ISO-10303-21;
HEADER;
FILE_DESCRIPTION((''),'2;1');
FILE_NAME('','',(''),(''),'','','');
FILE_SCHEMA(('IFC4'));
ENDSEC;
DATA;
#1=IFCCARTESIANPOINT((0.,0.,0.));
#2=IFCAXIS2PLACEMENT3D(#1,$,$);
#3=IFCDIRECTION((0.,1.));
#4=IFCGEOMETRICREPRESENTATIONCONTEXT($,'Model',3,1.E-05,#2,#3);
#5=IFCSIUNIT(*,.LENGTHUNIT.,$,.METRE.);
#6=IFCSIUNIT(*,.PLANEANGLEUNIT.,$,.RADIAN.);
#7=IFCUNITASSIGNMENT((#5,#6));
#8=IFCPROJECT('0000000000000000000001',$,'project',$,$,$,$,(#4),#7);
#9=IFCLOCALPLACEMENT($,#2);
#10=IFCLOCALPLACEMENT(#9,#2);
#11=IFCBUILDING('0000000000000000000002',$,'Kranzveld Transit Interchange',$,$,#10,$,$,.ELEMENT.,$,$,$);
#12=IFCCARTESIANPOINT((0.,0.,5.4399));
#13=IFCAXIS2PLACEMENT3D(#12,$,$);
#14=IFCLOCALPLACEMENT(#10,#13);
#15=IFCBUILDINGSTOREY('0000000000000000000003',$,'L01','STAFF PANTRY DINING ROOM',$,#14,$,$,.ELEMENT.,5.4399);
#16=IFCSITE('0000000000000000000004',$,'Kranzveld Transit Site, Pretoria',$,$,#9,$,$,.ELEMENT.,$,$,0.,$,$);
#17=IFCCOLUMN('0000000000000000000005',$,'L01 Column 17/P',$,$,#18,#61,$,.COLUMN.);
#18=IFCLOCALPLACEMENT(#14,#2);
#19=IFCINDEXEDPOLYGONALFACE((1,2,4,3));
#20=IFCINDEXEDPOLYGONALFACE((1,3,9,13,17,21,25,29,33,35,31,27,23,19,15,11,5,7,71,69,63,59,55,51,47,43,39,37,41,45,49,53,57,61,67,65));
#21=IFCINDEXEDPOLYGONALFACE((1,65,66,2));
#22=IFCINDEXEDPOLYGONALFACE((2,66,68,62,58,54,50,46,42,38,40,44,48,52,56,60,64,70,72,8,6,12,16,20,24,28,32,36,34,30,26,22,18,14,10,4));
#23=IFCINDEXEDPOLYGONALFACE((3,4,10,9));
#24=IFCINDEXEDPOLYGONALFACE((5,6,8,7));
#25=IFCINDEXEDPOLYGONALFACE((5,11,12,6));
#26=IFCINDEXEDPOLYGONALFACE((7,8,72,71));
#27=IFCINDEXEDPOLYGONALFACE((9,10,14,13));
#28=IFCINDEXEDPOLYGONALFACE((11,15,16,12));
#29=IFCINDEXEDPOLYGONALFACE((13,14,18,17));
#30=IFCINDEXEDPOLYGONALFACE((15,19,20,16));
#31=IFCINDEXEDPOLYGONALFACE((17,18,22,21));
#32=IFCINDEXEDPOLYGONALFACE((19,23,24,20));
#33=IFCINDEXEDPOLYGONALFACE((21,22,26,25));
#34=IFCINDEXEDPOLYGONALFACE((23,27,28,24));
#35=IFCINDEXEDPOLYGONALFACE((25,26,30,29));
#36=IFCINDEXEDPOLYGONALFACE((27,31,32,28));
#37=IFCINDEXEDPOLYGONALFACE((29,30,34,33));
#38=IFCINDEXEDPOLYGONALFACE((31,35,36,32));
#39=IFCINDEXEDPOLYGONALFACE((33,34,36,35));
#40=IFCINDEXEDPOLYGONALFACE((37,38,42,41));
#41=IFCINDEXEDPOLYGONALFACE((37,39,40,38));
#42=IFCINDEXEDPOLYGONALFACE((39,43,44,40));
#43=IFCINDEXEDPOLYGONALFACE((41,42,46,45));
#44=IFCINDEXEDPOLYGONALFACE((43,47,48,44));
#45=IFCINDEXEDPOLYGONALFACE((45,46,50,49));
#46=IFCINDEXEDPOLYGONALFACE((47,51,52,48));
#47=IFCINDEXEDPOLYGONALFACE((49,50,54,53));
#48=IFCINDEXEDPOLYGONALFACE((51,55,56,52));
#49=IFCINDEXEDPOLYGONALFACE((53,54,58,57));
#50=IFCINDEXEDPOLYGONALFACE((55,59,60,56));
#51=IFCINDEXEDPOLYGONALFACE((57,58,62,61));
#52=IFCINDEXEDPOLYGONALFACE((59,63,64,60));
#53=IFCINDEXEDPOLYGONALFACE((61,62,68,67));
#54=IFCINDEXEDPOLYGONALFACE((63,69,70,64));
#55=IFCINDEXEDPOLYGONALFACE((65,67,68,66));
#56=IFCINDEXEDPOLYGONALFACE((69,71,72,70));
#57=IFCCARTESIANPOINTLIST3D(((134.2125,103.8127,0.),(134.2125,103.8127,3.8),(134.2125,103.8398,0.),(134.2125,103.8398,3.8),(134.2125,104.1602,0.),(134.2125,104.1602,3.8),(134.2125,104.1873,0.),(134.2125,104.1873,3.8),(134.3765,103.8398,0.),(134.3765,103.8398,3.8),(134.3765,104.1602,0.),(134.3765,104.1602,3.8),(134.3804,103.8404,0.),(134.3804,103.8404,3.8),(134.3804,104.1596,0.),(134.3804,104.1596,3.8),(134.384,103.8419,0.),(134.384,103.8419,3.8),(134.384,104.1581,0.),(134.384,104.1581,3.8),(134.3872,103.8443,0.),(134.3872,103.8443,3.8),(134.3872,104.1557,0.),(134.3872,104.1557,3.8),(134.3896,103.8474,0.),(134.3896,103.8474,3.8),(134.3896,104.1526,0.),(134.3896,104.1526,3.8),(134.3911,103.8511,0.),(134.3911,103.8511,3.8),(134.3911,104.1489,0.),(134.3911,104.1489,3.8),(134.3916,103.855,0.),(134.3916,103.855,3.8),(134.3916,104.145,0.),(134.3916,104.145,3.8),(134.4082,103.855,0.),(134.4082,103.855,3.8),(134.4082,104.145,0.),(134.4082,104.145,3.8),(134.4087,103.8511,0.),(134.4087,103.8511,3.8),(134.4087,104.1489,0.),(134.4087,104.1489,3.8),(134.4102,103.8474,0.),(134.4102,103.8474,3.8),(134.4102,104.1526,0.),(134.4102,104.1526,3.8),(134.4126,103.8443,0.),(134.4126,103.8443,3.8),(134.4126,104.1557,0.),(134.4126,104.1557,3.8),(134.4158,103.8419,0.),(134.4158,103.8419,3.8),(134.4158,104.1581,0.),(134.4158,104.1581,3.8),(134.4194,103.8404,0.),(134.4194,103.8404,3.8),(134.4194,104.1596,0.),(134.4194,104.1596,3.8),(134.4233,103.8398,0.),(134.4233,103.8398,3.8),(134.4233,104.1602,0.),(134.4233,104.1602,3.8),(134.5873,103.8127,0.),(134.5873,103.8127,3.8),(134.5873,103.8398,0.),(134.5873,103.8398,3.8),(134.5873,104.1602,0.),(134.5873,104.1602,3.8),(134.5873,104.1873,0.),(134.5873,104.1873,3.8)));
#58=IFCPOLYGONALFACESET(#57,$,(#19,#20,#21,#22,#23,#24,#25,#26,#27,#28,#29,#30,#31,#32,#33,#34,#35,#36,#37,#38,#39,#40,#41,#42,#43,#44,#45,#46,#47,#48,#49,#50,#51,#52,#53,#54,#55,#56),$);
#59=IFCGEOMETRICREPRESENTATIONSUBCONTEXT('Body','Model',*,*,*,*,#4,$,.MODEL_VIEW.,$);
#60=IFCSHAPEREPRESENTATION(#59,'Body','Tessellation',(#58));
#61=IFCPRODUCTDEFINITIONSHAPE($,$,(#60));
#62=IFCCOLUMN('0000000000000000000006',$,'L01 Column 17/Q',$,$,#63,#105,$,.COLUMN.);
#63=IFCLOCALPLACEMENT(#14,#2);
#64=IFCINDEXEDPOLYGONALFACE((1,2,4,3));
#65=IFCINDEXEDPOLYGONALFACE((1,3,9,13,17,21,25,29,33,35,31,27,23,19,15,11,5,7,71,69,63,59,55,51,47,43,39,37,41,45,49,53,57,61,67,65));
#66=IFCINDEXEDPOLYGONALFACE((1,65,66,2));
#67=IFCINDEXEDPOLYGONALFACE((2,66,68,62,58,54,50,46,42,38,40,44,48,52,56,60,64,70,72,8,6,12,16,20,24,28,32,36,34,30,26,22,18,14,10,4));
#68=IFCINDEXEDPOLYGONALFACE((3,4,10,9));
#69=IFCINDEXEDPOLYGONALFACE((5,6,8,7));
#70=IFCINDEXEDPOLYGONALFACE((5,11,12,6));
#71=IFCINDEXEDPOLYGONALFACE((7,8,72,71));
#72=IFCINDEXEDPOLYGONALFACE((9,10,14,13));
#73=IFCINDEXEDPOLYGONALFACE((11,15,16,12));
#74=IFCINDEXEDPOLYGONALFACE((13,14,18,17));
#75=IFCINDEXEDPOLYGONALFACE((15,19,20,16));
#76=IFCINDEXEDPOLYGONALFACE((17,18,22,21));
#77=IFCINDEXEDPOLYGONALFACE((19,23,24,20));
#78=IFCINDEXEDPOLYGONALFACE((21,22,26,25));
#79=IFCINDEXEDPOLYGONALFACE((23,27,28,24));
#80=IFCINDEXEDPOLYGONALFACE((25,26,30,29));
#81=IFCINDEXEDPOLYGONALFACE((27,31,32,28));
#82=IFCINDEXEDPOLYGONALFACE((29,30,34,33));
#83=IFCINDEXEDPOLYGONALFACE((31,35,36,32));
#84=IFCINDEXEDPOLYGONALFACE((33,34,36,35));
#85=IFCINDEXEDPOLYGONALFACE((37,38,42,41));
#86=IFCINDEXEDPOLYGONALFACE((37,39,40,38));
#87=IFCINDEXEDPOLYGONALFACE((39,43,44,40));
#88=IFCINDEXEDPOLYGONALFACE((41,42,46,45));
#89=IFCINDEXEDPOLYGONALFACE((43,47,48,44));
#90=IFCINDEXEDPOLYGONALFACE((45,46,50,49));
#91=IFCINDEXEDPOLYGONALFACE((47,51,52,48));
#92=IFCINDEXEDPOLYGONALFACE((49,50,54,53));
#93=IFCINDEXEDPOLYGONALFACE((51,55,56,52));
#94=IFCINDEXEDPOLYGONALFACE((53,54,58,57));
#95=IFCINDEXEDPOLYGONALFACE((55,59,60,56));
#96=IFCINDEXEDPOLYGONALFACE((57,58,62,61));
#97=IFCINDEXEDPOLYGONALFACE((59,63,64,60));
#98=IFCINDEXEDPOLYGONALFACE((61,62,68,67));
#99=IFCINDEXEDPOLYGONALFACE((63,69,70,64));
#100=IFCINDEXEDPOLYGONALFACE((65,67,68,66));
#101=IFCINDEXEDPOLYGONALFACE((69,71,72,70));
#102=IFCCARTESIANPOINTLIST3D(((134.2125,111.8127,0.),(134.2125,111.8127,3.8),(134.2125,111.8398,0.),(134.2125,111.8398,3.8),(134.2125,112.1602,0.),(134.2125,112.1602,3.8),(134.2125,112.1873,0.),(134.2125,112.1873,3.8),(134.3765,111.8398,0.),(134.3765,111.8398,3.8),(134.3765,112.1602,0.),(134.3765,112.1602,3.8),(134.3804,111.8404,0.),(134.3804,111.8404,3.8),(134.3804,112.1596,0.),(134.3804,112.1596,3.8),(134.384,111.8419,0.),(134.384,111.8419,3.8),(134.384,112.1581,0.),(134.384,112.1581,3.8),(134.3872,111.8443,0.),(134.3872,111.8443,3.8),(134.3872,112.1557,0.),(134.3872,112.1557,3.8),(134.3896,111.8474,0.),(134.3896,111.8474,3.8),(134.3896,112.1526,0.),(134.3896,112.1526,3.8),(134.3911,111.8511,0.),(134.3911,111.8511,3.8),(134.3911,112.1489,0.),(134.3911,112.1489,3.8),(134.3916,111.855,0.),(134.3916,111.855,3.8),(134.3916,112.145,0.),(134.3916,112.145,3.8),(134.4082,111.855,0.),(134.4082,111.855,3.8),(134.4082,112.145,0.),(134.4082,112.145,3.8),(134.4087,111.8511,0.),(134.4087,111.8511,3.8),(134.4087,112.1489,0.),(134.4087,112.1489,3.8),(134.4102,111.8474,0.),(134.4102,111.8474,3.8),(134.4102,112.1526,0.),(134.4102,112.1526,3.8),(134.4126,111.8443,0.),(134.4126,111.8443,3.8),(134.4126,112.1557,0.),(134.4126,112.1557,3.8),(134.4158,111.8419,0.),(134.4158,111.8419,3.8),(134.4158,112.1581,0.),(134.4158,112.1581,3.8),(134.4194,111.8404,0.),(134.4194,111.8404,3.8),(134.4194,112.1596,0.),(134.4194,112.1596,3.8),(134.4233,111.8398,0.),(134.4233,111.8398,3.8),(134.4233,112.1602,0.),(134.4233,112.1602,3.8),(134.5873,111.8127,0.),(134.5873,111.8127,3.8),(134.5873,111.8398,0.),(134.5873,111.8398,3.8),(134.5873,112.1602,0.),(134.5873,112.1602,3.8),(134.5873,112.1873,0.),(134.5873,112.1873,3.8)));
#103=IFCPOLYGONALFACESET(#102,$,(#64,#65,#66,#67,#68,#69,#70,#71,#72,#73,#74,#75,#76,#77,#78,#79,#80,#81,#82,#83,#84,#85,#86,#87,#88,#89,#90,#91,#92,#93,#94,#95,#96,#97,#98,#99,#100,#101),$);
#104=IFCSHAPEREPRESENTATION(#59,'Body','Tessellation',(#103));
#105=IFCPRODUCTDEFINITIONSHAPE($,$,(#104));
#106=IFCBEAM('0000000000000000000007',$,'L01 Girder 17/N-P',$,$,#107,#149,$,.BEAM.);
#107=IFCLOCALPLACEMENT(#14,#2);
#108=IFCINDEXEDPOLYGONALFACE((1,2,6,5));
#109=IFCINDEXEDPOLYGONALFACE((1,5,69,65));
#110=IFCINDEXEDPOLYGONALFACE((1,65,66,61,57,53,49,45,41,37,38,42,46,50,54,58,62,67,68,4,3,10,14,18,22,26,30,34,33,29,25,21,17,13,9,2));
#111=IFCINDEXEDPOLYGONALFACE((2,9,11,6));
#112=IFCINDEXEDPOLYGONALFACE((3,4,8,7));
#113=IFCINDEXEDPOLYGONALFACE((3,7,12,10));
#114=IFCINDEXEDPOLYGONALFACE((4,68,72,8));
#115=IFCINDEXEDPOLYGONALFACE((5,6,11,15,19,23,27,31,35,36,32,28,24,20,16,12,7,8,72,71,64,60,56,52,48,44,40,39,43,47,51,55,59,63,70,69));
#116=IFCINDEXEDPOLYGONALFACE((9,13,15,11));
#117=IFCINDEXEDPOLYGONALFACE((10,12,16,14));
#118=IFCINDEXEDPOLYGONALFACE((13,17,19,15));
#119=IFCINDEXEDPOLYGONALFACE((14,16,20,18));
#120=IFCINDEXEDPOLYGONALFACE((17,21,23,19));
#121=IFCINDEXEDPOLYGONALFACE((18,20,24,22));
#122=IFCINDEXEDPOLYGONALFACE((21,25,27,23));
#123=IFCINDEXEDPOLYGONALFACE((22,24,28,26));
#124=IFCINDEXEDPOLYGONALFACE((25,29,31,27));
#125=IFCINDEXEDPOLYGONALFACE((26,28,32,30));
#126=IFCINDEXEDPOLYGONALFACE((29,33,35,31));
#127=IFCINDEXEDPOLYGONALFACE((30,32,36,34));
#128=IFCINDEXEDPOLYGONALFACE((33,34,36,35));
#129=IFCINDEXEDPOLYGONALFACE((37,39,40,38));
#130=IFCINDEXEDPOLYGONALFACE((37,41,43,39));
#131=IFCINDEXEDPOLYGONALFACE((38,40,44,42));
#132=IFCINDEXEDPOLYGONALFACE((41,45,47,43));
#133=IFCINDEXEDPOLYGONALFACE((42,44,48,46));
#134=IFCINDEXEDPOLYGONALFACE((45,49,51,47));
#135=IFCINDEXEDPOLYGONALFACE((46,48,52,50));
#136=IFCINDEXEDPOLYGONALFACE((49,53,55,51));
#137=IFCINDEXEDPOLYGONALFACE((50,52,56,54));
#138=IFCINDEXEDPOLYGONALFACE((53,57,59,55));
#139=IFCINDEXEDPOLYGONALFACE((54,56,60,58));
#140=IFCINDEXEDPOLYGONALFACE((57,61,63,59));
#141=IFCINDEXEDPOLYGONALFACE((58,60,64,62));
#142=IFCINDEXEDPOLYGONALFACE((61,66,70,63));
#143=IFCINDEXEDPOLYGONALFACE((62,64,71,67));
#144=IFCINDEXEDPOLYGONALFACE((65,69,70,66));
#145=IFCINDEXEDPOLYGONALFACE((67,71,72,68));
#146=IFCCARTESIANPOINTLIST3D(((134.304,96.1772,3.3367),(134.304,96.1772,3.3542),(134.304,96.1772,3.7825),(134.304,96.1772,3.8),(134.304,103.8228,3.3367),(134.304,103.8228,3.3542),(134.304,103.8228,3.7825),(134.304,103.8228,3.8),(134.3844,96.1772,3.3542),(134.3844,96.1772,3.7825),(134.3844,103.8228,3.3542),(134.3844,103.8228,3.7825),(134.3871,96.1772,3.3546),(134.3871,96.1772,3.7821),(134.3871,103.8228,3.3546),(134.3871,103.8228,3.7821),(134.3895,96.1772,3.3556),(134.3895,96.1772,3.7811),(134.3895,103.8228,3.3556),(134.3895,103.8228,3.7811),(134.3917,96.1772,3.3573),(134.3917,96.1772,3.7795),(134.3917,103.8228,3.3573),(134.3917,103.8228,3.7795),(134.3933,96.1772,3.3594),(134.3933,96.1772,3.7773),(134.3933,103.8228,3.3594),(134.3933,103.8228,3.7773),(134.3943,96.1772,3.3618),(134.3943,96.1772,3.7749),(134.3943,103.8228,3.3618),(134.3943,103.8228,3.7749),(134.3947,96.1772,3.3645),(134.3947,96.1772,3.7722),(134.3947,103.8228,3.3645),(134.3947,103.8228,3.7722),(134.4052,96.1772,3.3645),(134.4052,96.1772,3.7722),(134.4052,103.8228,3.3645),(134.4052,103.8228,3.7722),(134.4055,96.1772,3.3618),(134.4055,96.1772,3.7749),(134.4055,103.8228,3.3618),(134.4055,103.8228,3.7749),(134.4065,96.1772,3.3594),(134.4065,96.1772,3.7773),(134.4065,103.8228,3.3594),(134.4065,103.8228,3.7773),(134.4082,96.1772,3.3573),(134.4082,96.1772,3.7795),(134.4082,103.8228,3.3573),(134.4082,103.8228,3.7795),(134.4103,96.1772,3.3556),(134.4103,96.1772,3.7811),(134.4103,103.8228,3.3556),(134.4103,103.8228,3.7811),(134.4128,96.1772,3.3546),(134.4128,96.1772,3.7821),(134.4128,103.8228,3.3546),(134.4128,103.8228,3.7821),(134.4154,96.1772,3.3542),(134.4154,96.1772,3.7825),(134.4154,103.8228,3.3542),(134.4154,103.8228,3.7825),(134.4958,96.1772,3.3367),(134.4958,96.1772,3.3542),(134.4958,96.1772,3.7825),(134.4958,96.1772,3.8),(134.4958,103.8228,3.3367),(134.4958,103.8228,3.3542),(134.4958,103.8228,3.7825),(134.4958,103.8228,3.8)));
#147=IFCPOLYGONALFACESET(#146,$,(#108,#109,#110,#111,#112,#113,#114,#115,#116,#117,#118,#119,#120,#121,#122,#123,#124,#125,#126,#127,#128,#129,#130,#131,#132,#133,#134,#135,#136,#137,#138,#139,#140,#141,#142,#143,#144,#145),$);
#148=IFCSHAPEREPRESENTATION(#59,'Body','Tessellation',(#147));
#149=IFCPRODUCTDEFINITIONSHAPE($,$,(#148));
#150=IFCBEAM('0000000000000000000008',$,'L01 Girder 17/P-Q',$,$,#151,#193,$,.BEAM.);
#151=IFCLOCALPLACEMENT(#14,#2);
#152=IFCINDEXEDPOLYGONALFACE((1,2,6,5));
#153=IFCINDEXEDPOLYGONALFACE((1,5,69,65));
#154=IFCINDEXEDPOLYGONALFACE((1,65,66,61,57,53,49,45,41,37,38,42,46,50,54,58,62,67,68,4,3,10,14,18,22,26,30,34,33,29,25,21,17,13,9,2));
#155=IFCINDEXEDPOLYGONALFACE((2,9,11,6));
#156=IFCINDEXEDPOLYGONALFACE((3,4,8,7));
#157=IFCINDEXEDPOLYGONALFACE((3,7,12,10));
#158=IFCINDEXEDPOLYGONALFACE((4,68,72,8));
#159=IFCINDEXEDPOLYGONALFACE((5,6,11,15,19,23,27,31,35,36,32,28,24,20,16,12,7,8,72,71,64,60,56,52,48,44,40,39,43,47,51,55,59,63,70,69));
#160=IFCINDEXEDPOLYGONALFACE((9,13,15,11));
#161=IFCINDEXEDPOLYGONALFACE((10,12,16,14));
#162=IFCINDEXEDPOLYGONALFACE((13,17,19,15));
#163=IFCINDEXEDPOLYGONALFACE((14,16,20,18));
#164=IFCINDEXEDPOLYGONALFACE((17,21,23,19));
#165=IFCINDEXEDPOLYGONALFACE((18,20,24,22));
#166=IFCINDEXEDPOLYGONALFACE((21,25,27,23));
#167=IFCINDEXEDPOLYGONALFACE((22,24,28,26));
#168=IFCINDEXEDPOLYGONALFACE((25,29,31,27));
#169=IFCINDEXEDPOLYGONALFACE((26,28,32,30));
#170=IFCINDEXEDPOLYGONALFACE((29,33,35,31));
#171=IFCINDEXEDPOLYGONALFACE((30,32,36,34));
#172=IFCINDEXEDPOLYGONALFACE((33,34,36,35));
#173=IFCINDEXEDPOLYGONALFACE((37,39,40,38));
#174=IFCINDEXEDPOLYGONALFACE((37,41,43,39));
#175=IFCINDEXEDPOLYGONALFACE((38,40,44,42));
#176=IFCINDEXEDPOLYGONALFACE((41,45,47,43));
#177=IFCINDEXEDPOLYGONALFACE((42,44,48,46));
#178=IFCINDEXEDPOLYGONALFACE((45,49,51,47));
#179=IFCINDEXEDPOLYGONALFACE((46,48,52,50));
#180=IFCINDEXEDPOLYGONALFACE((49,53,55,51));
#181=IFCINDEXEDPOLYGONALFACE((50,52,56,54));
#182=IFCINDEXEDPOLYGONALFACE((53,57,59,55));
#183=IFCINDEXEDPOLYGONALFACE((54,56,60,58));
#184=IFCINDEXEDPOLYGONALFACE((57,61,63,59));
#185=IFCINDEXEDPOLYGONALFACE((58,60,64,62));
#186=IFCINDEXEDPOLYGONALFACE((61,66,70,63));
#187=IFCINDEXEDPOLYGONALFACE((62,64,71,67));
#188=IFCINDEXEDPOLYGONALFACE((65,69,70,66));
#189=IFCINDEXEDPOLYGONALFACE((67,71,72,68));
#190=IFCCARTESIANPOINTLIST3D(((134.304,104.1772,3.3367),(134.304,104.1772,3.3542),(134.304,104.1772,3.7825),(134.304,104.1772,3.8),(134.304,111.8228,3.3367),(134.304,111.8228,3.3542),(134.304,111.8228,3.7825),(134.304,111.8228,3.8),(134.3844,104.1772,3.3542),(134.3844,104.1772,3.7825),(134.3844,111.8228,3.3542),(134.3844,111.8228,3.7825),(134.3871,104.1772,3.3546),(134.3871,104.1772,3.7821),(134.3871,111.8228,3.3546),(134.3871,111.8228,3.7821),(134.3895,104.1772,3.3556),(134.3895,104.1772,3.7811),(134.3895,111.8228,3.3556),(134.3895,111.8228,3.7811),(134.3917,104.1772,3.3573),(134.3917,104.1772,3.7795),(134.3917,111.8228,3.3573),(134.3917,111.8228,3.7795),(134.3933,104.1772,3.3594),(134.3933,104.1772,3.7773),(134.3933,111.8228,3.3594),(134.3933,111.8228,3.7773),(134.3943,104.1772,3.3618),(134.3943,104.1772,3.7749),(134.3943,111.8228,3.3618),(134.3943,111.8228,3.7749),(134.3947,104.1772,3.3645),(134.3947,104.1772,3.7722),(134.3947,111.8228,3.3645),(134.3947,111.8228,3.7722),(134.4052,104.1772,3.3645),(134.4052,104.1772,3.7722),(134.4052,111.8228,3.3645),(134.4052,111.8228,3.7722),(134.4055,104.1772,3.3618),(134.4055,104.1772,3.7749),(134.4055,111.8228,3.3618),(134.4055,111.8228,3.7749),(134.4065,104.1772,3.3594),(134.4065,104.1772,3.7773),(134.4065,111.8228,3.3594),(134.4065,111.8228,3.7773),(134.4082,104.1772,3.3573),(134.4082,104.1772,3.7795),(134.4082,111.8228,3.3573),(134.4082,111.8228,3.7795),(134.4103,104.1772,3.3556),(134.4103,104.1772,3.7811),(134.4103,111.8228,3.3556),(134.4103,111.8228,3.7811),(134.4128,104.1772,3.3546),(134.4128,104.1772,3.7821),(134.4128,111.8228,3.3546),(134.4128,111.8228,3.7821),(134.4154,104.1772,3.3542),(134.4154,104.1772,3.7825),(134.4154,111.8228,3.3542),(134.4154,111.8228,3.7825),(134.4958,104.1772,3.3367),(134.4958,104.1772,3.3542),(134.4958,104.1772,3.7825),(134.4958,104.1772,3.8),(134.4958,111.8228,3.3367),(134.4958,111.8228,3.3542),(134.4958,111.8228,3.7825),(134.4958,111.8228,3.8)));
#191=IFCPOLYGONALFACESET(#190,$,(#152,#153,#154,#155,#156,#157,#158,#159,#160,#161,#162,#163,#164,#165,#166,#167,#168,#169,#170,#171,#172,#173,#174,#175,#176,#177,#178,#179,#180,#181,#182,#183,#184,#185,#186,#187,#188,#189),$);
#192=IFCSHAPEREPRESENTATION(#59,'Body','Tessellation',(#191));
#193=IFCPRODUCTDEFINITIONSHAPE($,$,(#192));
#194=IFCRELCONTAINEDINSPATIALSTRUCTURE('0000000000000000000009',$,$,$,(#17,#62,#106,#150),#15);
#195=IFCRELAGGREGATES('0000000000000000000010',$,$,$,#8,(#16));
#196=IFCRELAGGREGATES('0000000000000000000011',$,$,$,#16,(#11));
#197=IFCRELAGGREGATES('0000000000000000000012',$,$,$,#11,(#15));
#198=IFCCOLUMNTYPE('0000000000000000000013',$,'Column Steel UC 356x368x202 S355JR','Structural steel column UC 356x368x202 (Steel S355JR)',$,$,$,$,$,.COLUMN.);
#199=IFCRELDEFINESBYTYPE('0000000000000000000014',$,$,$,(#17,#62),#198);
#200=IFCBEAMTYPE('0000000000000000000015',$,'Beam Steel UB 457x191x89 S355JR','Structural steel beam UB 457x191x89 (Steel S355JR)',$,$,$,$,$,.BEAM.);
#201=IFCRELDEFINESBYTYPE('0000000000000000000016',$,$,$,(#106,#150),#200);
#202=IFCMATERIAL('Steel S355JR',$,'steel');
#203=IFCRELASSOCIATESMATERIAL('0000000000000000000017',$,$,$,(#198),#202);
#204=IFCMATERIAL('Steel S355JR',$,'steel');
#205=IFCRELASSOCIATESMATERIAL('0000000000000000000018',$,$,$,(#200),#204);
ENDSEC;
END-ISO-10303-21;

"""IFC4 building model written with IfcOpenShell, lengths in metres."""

from ifc_helpers import new_model, si_unit, direction, frame, origin, origin_2d, place, context, subcontext, project, spatial, i_section, extrude, material, material_profile, profile_set, type_object, element, save


model = new_model("IFC4")

# Units and contexts
model_context = context("Model", 3, precision=1e-05, world=origin(), true_north=direction((0.0, 1.0)))
body_context = subcontext(model_context, "Body", "Model", "MODEL_VIEW")
ifc_project = project(units=[si_unit("LENGTHUNIT", "METRE"), si_unit("PLANEANGLEUNIT", "RADIAN")], contexts=[model_context])

# Site, building, storey
site_placement = place(None, origin())
site = spatial("IfcSite", under=ifc_project, at=site_placement, Name="Kranzveld Transit Site, Pretoria", CompositionType="ELEMENT", RefElevation=0.0)
building_placement = place(site_placement, origin())
building = spatial("IfcBuilding", under=site, at=building_placement, Name="Kranzveld Transit Interchange", CompositionType="ELEMENT")
storey_placement = place(building_placement, frame((0.0, 0.0, 5.4399)))
storey = spatial("IfcBuildingStorey", under=building, at=storey_placement, Name="L01", Description="STAFF PANTRY DINING ROOM", CompositionType="ELEMENT", Elevation=5.4399)

# Columns
ifc_material_1 = material(Name="Steel S355JR", Category="steel")
ifc_material_profile_1 = material_profile(ifc_material_1, i_section(OverallWidth=0.3748, OverallDepth=0.3745, WebThickness=0.0166, FlangeThickness=0.0271, FilletRadius=0.0151, at=origin_2d()), Name="UC 356x368x202")
ifc_profile_set_1 = profile_set([ifc_material_profile_1], Name="Steel S355JR")
column_type = type_object("IfcColumnType", Name="Column Steel UC 356x368x202 S355JR", Description="Structural steel column UC 356x368x202 (Steel S355JR)", PredefinedType="COLUMN", material=ifc_profile_set_1)
for number, where, z_axis, x_axis, name in (
    (1, (134.3999, 104.0, 0.0), (0.0, 0.0, 1.0), (1.0, 0.0, 0.0), "L01 Column 17/P"),
    (2, (134.3999, 112.0, 0.0), (0.0, 0.0, 1.0), (1.0, 0.0, 0.0), "L01 Column 17/Q"),
):
    element("IfcColumn", number, at=place(storey_placement, frame(where, z_axis=z_axis, x_axis=x_axis)), inside=storey, type_object=column_type, Name=name, PredefinedType="COLUMN", context=body_context, shape_type="SweptSolid", body=[
        extrude(i_section(OverallWidth=0.3748, OverallDepth=0.3745, WebThickness=0.0166, FlangeThickness=0.0271, FilletRadius=0.0151, at=origin_2d()), origin(), (0.0, 0.0, 1.0), 3.8),
    ])

# Beams
ifc_material_2 = material(Name="Steel S355JR", Category="steel")
ifc_material_profile_2 = material_profile(ifc_material_2, i_section(OverallWidth=0.1919, OverallDepth=0.4634, WebThickness=0.0105, FlangeThickness=0.0176, FilletRadius=0.0103, at=origin_2d()), Name="UB 457x191x89")
ifc_profile_set_2 = profile_set([ifc_material_profile_2], Name="Steel S355JR")
beam_type_1 = type_object("IfcBeamType", Name="Beam Steel UB 457x191x89 S355JR", Description="Structural steel beam UB 457x191x89 (Steel S355JR)", PredefinedType="BEAM", material=ifc_profile_set_2)
for number, where, z_axis, x_axis, name in (
    (3, (134.3999, 96.1772, 3.5684), (0.0, 1.0, 0.0), (-1.0, 0.0, 0.0), "L01 Girder 17/N-P"),
    (4, (134.3999, 104.1772, 3.5684), (0.0, 1.0, 0.0), (-1.0, 0.0, 0.0), "L01 Girder 17/P-Q"),
):
    element("IfcBeam", number, at=place(storey_placement, frame(where, z_axis=z_axis, x_axis=x_axis)), inside=storey, type_object=beam_type_1, Name=name, PredefinedType="BEAM", context=body_context, shape_type="SweptSolid", body=[
        extrude(i_section(OverallWidth=0.1919, OverallDepth=0.4634, WebThickness=0.0105, FlangeThickness=0.0176, FilletRadius=0.0103, at=origin_2d()), origin(), (0.0, 0.0, 1.0), 7.6455),
    ])

save(model, "model.ifc")
